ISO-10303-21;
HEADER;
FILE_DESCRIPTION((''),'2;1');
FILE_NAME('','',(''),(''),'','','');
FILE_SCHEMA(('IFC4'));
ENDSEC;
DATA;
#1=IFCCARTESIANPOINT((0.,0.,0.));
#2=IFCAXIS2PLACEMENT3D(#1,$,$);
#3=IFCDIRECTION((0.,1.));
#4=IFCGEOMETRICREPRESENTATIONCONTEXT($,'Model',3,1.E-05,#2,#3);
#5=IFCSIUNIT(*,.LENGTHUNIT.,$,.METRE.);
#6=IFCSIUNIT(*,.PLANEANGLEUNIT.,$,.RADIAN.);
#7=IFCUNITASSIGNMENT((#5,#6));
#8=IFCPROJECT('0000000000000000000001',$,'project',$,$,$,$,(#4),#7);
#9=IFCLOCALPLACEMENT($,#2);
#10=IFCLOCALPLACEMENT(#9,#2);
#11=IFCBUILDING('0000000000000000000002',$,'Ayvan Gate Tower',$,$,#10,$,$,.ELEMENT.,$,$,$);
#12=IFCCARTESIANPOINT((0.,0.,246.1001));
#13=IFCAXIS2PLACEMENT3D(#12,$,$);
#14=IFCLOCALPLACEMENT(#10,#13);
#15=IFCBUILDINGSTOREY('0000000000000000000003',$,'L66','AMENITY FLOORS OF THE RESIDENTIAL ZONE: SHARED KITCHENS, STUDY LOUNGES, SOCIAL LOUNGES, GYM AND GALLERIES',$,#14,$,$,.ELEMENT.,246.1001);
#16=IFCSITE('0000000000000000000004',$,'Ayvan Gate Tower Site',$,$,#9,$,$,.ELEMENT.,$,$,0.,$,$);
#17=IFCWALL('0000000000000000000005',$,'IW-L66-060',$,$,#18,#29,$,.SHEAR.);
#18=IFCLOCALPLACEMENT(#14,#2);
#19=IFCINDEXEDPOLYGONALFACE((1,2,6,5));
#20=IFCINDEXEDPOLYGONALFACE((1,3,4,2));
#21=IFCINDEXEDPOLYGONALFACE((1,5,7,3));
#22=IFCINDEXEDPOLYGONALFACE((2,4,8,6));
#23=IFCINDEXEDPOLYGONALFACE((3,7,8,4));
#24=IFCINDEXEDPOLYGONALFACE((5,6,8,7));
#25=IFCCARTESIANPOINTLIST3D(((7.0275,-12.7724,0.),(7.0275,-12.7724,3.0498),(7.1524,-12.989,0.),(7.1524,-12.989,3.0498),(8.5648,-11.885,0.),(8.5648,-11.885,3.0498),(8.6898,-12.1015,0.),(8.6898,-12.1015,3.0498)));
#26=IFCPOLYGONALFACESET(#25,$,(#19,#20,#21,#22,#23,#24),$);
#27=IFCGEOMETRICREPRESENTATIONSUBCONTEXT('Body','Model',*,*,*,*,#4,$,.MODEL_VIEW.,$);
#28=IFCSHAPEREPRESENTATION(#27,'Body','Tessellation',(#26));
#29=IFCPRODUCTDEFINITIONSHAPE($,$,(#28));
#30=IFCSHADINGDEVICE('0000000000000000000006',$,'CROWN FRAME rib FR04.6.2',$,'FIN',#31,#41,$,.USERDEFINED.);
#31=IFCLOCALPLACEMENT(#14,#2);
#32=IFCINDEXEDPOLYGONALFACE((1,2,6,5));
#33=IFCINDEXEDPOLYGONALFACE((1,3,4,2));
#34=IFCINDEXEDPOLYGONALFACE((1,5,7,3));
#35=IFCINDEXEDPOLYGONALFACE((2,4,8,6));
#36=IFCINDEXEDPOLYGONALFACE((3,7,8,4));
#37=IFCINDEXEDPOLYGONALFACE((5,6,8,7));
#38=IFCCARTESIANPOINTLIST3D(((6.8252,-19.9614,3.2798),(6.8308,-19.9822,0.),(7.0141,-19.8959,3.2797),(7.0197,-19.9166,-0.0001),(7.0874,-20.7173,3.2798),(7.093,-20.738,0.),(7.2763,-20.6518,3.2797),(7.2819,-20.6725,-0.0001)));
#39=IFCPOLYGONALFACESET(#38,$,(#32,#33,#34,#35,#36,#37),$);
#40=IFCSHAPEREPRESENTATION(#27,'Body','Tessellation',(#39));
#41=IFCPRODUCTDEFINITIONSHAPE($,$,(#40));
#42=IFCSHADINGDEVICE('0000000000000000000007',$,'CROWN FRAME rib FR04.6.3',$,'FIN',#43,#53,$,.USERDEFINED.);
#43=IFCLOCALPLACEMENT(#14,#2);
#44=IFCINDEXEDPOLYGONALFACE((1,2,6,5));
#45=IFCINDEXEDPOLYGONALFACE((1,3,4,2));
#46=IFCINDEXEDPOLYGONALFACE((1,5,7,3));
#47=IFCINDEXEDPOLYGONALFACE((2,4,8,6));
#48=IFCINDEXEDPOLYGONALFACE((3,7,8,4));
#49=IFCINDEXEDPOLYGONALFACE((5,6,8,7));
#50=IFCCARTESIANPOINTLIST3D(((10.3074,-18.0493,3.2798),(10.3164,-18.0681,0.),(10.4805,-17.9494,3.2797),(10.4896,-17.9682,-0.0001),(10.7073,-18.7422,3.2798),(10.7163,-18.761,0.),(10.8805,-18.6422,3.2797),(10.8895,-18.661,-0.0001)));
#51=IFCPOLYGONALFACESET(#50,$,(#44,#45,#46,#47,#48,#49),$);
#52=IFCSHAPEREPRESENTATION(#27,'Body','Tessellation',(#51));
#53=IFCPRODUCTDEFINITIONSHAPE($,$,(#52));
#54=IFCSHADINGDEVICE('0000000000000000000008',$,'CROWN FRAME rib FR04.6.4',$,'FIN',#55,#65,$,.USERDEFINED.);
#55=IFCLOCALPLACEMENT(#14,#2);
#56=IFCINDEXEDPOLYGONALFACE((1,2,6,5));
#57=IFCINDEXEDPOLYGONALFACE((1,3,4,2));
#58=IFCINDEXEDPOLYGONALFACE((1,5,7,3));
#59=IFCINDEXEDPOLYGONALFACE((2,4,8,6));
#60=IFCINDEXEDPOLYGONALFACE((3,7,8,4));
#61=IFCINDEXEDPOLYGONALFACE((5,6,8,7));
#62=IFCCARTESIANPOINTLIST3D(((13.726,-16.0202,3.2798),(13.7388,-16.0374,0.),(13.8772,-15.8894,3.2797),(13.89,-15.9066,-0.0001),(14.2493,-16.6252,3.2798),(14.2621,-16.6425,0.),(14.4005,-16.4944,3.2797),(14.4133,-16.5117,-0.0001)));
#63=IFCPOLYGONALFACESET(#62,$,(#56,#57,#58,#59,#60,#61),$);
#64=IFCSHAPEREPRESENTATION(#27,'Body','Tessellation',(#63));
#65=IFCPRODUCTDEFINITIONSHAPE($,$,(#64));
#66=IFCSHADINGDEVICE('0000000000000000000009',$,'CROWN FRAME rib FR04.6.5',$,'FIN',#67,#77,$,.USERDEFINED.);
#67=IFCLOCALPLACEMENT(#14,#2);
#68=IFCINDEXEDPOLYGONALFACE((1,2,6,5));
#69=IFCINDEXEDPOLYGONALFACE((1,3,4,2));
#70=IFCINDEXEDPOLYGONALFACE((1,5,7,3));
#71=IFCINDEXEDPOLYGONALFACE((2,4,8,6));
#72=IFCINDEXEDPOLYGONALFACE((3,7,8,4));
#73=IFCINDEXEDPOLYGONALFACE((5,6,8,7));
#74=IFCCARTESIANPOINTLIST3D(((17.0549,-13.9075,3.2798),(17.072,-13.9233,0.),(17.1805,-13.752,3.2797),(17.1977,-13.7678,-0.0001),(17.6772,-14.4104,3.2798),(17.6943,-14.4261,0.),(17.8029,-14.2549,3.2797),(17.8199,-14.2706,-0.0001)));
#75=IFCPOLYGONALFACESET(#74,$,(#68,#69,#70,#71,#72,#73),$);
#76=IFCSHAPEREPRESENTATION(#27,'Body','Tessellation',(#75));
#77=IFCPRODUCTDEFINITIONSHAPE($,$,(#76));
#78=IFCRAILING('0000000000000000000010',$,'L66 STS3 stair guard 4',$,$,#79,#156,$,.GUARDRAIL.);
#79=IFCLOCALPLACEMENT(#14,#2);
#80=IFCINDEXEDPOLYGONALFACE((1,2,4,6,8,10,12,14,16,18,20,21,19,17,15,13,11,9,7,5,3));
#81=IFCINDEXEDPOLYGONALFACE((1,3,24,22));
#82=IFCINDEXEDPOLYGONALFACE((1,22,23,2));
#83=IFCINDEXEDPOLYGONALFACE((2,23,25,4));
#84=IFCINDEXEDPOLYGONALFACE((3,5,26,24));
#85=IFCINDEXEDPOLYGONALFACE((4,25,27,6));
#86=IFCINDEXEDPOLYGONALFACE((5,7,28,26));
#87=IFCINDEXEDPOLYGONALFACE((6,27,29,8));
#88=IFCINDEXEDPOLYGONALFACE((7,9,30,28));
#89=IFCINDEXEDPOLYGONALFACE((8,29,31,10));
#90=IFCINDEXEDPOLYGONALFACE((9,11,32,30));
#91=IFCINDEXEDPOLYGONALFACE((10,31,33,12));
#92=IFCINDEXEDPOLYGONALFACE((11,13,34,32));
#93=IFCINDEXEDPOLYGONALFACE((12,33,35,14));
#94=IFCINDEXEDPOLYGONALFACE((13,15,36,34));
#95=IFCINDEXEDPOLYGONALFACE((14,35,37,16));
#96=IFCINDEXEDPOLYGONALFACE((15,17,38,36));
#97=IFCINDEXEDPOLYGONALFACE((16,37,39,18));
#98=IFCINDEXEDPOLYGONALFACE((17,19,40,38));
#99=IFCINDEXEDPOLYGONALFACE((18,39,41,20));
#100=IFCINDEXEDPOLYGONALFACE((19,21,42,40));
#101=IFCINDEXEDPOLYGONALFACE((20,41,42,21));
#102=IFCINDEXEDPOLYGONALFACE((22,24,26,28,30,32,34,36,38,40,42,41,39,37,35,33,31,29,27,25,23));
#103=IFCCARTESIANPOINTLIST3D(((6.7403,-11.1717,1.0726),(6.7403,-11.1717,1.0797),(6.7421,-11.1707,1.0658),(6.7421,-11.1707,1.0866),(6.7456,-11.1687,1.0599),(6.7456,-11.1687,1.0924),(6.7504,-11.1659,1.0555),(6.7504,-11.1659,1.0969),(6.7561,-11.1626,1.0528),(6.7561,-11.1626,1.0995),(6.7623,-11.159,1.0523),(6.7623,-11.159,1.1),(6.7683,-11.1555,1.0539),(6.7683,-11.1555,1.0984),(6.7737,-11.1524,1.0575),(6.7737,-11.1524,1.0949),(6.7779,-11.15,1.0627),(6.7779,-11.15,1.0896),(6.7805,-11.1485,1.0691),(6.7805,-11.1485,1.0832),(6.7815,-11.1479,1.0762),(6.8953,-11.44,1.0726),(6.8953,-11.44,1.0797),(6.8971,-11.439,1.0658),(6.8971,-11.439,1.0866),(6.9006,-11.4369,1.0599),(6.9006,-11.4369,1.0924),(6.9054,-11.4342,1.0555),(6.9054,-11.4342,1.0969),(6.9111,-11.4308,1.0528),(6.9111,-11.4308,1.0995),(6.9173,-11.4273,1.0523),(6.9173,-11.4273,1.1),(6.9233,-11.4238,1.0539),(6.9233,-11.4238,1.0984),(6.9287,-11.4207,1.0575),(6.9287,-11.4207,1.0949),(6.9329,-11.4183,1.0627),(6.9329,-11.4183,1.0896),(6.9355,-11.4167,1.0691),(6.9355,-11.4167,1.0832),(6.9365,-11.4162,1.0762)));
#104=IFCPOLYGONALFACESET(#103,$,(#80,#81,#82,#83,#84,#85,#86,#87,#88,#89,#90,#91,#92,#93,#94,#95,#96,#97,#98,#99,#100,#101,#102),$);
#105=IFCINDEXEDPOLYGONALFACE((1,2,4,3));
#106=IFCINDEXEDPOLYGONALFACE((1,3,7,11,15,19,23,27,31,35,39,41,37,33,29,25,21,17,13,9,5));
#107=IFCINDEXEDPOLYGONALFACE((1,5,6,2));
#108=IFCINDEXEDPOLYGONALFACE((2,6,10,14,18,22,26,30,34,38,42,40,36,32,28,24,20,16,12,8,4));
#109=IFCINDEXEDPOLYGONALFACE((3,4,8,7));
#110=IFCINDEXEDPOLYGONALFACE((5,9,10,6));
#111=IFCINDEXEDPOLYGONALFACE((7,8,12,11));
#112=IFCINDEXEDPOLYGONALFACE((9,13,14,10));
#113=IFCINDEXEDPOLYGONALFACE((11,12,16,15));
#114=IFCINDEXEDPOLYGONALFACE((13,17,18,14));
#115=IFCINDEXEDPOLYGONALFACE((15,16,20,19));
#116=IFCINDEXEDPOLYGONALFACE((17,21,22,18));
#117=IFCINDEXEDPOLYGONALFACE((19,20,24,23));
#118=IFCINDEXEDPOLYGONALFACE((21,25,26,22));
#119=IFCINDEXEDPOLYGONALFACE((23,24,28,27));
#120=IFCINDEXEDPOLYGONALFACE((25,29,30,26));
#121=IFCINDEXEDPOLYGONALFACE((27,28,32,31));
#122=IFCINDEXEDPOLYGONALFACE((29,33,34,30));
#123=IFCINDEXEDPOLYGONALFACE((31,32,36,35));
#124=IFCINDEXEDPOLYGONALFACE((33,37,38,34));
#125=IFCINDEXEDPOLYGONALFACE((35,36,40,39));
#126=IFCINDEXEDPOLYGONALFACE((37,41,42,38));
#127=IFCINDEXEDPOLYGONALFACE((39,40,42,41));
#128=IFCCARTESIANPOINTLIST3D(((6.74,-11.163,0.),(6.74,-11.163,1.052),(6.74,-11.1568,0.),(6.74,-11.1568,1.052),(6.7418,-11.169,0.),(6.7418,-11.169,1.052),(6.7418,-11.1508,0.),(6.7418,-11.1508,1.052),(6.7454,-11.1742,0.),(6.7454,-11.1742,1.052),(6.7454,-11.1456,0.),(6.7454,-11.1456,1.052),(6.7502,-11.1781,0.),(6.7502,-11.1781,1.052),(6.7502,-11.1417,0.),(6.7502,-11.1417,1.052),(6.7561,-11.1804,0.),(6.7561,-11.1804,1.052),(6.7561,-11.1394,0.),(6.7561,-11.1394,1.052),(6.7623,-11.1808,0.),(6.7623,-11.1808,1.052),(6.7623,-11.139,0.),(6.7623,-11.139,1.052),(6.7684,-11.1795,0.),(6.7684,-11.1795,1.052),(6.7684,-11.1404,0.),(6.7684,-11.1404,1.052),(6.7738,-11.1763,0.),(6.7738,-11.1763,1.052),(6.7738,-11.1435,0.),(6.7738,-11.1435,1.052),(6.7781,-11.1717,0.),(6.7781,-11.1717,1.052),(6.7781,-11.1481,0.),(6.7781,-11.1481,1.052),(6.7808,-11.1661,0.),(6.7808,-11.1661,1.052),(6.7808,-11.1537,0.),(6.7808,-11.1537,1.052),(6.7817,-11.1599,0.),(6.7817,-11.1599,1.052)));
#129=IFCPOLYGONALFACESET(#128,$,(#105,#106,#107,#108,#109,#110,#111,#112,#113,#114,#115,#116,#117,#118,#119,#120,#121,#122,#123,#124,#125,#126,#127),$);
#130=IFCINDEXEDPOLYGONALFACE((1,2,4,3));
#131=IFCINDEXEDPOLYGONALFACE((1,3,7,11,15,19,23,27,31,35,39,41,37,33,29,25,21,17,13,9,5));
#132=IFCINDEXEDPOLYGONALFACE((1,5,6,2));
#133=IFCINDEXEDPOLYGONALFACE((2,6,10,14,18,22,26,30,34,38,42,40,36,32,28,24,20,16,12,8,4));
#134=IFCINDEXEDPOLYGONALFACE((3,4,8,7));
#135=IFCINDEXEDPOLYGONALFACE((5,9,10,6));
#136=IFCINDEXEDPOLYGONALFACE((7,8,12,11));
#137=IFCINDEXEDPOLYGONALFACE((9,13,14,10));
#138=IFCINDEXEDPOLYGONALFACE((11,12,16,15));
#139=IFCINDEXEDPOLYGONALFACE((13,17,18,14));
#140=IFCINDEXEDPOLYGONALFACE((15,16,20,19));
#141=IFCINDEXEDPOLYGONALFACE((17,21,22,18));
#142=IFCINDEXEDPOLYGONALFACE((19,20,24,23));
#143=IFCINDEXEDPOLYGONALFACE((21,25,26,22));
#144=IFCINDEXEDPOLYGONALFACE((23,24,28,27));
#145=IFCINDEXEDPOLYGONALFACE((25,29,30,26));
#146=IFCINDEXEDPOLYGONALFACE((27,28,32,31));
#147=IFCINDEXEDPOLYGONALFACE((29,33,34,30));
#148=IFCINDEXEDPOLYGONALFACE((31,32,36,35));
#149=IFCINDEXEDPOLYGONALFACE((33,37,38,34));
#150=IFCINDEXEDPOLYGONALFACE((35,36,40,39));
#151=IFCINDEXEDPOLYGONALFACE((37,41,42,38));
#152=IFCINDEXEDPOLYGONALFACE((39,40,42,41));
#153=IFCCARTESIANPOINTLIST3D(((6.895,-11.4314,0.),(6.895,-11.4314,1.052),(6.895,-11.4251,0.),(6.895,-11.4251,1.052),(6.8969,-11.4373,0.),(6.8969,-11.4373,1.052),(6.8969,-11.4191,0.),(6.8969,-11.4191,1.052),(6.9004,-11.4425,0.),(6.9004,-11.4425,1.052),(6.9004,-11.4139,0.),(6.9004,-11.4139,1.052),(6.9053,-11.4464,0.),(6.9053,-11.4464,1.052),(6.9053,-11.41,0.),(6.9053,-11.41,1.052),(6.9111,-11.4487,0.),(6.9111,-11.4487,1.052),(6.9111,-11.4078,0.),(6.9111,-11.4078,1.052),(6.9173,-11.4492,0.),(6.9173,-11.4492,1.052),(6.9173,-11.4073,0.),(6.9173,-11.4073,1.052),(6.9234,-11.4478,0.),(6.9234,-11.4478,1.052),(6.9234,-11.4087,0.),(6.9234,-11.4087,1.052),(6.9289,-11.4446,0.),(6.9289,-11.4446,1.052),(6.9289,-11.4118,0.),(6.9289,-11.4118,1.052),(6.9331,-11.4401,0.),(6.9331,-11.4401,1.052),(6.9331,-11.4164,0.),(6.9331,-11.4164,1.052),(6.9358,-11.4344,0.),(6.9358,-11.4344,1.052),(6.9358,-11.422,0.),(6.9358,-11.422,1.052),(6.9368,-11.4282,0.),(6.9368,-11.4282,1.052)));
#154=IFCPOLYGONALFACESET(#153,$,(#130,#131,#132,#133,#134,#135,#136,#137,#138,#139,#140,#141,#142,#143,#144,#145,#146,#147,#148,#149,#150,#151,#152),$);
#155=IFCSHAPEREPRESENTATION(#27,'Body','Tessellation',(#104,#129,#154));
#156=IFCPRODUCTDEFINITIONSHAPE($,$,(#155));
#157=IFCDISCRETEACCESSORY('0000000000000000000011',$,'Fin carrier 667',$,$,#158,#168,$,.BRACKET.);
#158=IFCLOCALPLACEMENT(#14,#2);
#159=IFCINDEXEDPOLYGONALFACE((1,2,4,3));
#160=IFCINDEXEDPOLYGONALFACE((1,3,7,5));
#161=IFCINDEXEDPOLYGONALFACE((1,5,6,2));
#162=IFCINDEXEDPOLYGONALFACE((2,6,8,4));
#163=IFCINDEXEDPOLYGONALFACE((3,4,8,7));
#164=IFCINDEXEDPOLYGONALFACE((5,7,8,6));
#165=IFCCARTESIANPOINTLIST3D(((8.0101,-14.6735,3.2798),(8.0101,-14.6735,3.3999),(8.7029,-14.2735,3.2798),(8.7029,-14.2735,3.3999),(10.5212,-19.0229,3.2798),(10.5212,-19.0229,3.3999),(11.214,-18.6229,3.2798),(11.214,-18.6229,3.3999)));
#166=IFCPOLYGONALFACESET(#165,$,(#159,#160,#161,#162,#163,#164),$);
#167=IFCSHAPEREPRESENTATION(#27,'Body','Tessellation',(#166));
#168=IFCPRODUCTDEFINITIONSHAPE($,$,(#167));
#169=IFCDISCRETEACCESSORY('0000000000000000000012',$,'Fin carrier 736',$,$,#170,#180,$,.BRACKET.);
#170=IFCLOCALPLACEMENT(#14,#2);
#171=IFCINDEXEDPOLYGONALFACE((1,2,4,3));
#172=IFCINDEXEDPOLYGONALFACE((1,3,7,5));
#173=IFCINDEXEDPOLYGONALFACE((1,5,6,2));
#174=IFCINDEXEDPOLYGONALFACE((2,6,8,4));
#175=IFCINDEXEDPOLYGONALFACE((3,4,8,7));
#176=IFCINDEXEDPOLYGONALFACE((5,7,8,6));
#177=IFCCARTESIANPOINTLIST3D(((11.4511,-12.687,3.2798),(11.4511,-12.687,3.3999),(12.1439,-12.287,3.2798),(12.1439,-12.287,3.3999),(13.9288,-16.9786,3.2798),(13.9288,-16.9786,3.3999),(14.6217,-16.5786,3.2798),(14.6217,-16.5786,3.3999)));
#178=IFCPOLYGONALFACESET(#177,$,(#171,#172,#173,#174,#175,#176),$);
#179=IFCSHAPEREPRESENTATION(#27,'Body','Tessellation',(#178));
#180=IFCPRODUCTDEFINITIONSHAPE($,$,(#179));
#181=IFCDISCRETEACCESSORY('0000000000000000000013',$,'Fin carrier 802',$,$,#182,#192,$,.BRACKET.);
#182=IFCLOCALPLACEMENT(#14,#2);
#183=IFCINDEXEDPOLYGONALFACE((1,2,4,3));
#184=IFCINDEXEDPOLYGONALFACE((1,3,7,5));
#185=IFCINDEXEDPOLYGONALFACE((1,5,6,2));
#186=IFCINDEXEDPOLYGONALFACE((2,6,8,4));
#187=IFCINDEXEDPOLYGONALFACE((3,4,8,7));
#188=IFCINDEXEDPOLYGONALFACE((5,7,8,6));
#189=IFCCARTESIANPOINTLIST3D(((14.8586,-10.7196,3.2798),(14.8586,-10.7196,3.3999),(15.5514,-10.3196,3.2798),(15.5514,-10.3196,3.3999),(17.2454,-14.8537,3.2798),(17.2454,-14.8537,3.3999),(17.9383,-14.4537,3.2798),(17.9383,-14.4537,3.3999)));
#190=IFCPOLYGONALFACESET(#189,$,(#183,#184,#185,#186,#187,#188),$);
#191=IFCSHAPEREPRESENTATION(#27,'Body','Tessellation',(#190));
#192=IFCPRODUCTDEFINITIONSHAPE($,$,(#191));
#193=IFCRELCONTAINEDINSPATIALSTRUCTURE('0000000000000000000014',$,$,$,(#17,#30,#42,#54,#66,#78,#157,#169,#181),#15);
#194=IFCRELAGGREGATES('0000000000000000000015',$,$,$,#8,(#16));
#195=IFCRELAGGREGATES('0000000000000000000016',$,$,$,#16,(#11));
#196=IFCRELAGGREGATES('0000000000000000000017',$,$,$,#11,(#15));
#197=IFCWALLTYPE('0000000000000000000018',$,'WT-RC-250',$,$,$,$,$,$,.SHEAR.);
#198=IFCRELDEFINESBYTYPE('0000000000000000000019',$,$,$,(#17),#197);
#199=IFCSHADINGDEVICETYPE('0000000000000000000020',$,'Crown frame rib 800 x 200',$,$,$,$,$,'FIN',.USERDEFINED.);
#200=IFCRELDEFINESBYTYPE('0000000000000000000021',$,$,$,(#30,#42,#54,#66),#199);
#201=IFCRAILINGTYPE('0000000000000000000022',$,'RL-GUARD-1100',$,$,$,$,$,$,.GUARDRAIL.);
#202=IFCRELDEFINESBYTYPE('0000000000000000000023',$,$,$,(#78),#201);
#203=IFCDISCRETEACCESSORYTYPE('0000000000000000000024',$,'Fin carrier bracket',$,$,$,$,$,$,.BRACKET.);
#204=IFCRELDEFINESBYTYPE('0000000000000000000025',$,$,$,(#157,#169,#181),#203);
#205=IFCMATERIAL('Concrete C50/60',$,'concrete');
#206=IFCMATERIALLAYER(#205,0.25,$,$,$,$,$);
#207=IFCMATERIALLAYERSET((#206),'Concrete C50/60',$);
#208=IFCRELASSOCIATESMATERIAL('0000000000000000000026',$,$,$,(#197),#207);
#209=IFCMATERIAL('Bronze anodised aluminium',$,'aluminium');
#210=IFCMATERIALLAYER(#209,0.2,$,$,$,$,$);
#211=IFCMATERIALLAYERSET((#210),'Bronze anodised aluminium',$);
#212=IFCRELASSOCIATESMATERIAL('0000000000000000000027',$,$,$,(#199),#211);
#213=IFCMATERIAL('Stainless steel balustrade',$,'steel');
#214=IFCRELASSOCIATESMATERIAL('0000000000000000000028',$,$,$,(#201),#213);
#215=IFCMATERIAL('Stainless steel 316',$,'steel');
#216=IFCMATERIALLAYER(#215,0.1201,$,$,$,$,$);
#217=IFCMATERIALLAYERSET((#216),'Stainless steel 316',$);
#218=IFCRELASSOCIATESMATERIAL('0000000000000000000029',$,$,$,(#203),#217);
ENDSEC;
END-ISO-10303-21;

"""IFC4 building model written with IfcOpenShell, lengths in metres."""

from ifc_helpers import new_model, si_unit, direction, frame, frame_2d, origin, origin_2d, place, context, subcontext, project, spatial, polyline, rectangle, circle, outline, extrude, material, layer, layer_set, type_object, element, save


model = new_model("IFC4")

# Units and contexts
model_context = context("Model", 3, precision=1e-05, world=origin(), true_north=direction((0.0, 1.0)))
body_context = subcontext(model_context, "Body", "Model", "MODEL_VIEW")
ifc_project = project(units=[si_unit("LENGTHUNIT", "METRE"), si_unit("PLANEANGLEUNIT", "RADIAN")], contexts=[model_context])

# Site, building, storey
site_placement = place(None, origin())
site = spatial("IfcSite", under=ifc_project, at=site_placement, Name="Ayvan Gate Tower Site", CompositionType="ELEMENT", RefElevation=0.0)
building_placement = place(site_placement, origin())
building = spatial("IfcBuilding", under=site, at=building_placement, Name="Ayvan Gate Tower", CompositionType="ELEMENT")
storey_placement = place(building_placement, frame((0.0, 0.0, 246.1001)))
storey = spatial("IfcBuildingStorey", under=building, at=storey_placement, Name="L66", Description="AMENITY FLOORS OF THE RESIDENTIAL ZONE: SHARED KITCHENS, STUDY LOUNGES, SOCIAL LOUNGES, GYM AND GALLERIES", CompositionType="ELEMENT", Elevation=246.1001)

# Shared definitions
ifc_material_1 = material(Name="Concrete C50/60", Category="concrete")

# Shared definitions
ifc_material_2 = material(Name="Bronze anodised aluminium", Category="aluminium")

# Wall
ifc_layer_1 = layer(ifc_material_1, 0.25)
ifc_layer_set_1 = layer_set([ifc_layer_1], Name="Concrete C50/60")
wall_type = type_object("IfcWallType", Name="WT-RC-250", PredefinedType="SHEAR", material=ifc_layer_set_1)
wall_1_placement = place(storey_placement, frame((8.6274, -11.9932, 0.0), z_axis=(0.0, 0.0, 1.0), x_axis=(-0.86606, -0.499941, 0.0)))
element("IfcWall", 1, at=wall_1_placement, inside=storey, type_object=wall_type, Name="IW-L66-060", PredefinedType="SHEAR", context=body_context, shape_type="SweptSolid", body=[
    extrude(rectangle(XDim=1.7751, YDim=0.25, at=frame_2d((0.8877, 0.0))), origin(), (0.0, 0.0, 1.0), 3.0498),
])

# Shading devices
ifc_layer_2 = layer(ifc_material_2, 0.2)
ifc_layer_set_2 = layer_set([ifc_layer_2], Name="Bronze anodised aluminium")
shading_device_type = type_object("IfcShadingDeviceType", Name="Crown frame rib 800 x 200", ElementType="FIN", PredefinedType="USERDEFINED", material=ifc_layer_set_2)
shading_device_1_placement = place(storey_placement, frame((6.8308, -19.9822, 0.0), z_axis=(-0.944768, -0.327739, 0.000456), x_axis=(0.327739, -0.944768, 0.0)))
element("IfcShadingDevice", 2, at=shading_device_1_placement, inside=storey, type_object=shading_device_type, Name="CROWN FRAME rib FR04.6.2", ObjectType="FIN", PredefinedType="USERDEFINED", context=body_context, shape_type="SweptSolid", body=[
    extrude(outline(polyline([(0.0, 0.0), (0.8, 0.0), (0.7786, 3.2798), (-0.0214, 3.2798), (0.0, 0.0)])), origin(), (0.0, 0.0, -1.0), 0.2),
])
shading_device_2_placement = place(storey_placement, frame((10.3164, -18.0681, 0.0), z_axis=(-0.866094, -0.499881, 0.00048), x_axis=(0.499881, -0.866094, 0.0)))
element("IfcShadingDevice", 3, at=shading_device_2_placement, inside=storey, type_object=shading_device_type, Name="CROWN FRAME rib FR04.6.3", ObjectType="FIN", PredefinedType="USERDEFINED", context=body_context, shape_type="SweptSolid", body=[
    extrude(outline(polyline([(0.0, 0.0), (0.8, 0.0), (0.7792, 3.2798), (-0.0208, 3.2798), (0.0, 0.0)])), origin(), (0.0, 0.0, -1.0), 0.2),
])
shading_device_3_placement = place(storey_placement, frame((13.7388, -16.0374, 0.0), z_axis=(-0.756373, -0.65414, 0.000477), x_axis=(0.65414, -0.756373, 0.0)))
element("IfcShadingDevice", 4, at=shading_device_3_placement, inside=storey, type_object=shading_device_type, Name="CROWN FRAME rib FR04.6.4", ObjectType="FIN", PredefinedType="USERDEFINED", context=body_context, shape_type="SweptSolid", body=[
    extrude(outline(polyline([(0.0, 0.0), (0.8, 0.0), (0.7786, 3.2798), (-0.0214, 3.2798), (0.0, 0.0)])), origin(), (0.0, 0.0, -1.0), 0.2),
])
shading_device_4_placement = place(storey_placement, frame((17.072, -13.9233, 0.0), z_axis=(-0.628465, -0.777838, 0.00046), x_axis=(0.777838, -0.628465, 0.0)))
element("IfcShadingDevice", 5, at=shading_device_4_placement, inside=storey, type_object=shading_device_type, Name="CROWN FRAME rib FR04.6.5", ObjectType="FIN", PredefinedType="USERDEFINED", context=body_context, shape_type="SweptSolid", body=[
    extrude(outline(polyline([(0.0, 0.0), (0.8, 0.0), (0.7769, 3.2798), (-0.0233, 3.2798), (0.0, 0.0)])), origin(), (0.0, 0.0, -1.0), 0.2),
])

# Railing
ifc_material_3 = material(Name="Stainless steel balustrade", Category="steel")
railing_type = type_object("IfcRailingType", Name="RL-GUARD-1100", PredefinedType="GUARDRAIL", material=ifc_material_3)
railing_placement = place(storey_placement, frame((6.7607, -11.1599, 0.0)))
element("IfcRailing", 6, at=railing_placement, inside=storey, type_object=railing_type, Name="L66 STS3 stair guard 4", PredefinedType="GUARDRAIL", context=body_context, shape_type="SweptSolid", body=[
    extrude(circle(Radius=0.0239, at=origin_2d()), frame((0.0, 0.0, 1.0762), z_axis=(0.500291, -0.865857, 0.0), x_axis=(0.865857, 0.500291, 0.0)), (0.0, 0.0, 1.0), 0.3098),
    extrude(circle(Radius=0.021, at=origin_2d()), origin(), (0.0, 0.0, 1.0), 1.052),
    extrude(circle(Radius=0.021, at=origin_2d()), frame((0.155, -0.2683, 0.0)), (0.0, 0.0, 1.0), 1.052),
])

# Discrete accessories
ifc_material_4 = material(Name="Stainless steel 316", Category="steel")
ifc_layer_3 = layer(ifc_material_4, 0.1201)
ifc_layer_set_3 = layer_set([ifc_layer_3], Name="Stainless steel 316")
discrete_accessory_type = type_object("IfcDiscreteAccessoryType", Name="Fin carrier bracket", PredefinedType="BRACKET", material=ifc_layer_set_3)
discrete_accessory_1_placement = place(storey_placement, frame((9.6121, -16.6482, 3.2798), z_axis=(0.0, 0.0, 1.0), x_axis=(0.866025, 0.5, 0.0)))
element("IfcDiscreteAccessory", 7, at=discrete_accessory_1_placement, inside=storey, type_object=discrete_accessory_type, Name="Fin carrier 667", PredefinedType="BRACKET", context=body_context, shape_type="SweptSolid", body=[
    extrude(rectangle(XDim=0.8, YDim=5.0222, at=origin_2d()), origin(), (0.0, 0.0, 1.0), 0.1201),
])
discrete_accessory_2_placement = place(storey_placement, frame((13.0364, -14.6328, 3.2798), z_axis=(0.0, 0.0, 1.0), x_axis=(0.866025, 0.5, 0.0)))
element("IfcDiscreteAccessory", 8, at=discrete_accessory_2_placement, inside=storey, type_object=discrete_accessory_type, Name="Fin carrier 736", PredefinedType="BRACKET", context=body_context, shape_type="SweptSolid", body=[
    extrude(rectangle(XDim=0.8, YDim=4.9556, at=origin_2d()), origin(), (0.0, 0.0, 1.0), 0.1201),
])
discrete_accessory_3_placement = place(storey_placement, frame((16.3984, -12.5867, 3.2798), z_axis=(0.0, 0.0, 1.0), x_axis=(0.866025, 0.5, 0.0)))
element("IfcDiscreteAccessory", 9, at=discrete_accessory_3_placement, inside=storey, type_object=discrete_accessory_type, Name="Fin carrier 802", PredefinedType="BRACKET", context=body_context, shape_type="SweptSolid", body=[
    extrude(rectangle(XDim=0.8, YDim=4.7737, at=origin_2d()), origin(), (0.0, 0.0, 1.0), 0.1201),
])

save(model, "model.ifc")
